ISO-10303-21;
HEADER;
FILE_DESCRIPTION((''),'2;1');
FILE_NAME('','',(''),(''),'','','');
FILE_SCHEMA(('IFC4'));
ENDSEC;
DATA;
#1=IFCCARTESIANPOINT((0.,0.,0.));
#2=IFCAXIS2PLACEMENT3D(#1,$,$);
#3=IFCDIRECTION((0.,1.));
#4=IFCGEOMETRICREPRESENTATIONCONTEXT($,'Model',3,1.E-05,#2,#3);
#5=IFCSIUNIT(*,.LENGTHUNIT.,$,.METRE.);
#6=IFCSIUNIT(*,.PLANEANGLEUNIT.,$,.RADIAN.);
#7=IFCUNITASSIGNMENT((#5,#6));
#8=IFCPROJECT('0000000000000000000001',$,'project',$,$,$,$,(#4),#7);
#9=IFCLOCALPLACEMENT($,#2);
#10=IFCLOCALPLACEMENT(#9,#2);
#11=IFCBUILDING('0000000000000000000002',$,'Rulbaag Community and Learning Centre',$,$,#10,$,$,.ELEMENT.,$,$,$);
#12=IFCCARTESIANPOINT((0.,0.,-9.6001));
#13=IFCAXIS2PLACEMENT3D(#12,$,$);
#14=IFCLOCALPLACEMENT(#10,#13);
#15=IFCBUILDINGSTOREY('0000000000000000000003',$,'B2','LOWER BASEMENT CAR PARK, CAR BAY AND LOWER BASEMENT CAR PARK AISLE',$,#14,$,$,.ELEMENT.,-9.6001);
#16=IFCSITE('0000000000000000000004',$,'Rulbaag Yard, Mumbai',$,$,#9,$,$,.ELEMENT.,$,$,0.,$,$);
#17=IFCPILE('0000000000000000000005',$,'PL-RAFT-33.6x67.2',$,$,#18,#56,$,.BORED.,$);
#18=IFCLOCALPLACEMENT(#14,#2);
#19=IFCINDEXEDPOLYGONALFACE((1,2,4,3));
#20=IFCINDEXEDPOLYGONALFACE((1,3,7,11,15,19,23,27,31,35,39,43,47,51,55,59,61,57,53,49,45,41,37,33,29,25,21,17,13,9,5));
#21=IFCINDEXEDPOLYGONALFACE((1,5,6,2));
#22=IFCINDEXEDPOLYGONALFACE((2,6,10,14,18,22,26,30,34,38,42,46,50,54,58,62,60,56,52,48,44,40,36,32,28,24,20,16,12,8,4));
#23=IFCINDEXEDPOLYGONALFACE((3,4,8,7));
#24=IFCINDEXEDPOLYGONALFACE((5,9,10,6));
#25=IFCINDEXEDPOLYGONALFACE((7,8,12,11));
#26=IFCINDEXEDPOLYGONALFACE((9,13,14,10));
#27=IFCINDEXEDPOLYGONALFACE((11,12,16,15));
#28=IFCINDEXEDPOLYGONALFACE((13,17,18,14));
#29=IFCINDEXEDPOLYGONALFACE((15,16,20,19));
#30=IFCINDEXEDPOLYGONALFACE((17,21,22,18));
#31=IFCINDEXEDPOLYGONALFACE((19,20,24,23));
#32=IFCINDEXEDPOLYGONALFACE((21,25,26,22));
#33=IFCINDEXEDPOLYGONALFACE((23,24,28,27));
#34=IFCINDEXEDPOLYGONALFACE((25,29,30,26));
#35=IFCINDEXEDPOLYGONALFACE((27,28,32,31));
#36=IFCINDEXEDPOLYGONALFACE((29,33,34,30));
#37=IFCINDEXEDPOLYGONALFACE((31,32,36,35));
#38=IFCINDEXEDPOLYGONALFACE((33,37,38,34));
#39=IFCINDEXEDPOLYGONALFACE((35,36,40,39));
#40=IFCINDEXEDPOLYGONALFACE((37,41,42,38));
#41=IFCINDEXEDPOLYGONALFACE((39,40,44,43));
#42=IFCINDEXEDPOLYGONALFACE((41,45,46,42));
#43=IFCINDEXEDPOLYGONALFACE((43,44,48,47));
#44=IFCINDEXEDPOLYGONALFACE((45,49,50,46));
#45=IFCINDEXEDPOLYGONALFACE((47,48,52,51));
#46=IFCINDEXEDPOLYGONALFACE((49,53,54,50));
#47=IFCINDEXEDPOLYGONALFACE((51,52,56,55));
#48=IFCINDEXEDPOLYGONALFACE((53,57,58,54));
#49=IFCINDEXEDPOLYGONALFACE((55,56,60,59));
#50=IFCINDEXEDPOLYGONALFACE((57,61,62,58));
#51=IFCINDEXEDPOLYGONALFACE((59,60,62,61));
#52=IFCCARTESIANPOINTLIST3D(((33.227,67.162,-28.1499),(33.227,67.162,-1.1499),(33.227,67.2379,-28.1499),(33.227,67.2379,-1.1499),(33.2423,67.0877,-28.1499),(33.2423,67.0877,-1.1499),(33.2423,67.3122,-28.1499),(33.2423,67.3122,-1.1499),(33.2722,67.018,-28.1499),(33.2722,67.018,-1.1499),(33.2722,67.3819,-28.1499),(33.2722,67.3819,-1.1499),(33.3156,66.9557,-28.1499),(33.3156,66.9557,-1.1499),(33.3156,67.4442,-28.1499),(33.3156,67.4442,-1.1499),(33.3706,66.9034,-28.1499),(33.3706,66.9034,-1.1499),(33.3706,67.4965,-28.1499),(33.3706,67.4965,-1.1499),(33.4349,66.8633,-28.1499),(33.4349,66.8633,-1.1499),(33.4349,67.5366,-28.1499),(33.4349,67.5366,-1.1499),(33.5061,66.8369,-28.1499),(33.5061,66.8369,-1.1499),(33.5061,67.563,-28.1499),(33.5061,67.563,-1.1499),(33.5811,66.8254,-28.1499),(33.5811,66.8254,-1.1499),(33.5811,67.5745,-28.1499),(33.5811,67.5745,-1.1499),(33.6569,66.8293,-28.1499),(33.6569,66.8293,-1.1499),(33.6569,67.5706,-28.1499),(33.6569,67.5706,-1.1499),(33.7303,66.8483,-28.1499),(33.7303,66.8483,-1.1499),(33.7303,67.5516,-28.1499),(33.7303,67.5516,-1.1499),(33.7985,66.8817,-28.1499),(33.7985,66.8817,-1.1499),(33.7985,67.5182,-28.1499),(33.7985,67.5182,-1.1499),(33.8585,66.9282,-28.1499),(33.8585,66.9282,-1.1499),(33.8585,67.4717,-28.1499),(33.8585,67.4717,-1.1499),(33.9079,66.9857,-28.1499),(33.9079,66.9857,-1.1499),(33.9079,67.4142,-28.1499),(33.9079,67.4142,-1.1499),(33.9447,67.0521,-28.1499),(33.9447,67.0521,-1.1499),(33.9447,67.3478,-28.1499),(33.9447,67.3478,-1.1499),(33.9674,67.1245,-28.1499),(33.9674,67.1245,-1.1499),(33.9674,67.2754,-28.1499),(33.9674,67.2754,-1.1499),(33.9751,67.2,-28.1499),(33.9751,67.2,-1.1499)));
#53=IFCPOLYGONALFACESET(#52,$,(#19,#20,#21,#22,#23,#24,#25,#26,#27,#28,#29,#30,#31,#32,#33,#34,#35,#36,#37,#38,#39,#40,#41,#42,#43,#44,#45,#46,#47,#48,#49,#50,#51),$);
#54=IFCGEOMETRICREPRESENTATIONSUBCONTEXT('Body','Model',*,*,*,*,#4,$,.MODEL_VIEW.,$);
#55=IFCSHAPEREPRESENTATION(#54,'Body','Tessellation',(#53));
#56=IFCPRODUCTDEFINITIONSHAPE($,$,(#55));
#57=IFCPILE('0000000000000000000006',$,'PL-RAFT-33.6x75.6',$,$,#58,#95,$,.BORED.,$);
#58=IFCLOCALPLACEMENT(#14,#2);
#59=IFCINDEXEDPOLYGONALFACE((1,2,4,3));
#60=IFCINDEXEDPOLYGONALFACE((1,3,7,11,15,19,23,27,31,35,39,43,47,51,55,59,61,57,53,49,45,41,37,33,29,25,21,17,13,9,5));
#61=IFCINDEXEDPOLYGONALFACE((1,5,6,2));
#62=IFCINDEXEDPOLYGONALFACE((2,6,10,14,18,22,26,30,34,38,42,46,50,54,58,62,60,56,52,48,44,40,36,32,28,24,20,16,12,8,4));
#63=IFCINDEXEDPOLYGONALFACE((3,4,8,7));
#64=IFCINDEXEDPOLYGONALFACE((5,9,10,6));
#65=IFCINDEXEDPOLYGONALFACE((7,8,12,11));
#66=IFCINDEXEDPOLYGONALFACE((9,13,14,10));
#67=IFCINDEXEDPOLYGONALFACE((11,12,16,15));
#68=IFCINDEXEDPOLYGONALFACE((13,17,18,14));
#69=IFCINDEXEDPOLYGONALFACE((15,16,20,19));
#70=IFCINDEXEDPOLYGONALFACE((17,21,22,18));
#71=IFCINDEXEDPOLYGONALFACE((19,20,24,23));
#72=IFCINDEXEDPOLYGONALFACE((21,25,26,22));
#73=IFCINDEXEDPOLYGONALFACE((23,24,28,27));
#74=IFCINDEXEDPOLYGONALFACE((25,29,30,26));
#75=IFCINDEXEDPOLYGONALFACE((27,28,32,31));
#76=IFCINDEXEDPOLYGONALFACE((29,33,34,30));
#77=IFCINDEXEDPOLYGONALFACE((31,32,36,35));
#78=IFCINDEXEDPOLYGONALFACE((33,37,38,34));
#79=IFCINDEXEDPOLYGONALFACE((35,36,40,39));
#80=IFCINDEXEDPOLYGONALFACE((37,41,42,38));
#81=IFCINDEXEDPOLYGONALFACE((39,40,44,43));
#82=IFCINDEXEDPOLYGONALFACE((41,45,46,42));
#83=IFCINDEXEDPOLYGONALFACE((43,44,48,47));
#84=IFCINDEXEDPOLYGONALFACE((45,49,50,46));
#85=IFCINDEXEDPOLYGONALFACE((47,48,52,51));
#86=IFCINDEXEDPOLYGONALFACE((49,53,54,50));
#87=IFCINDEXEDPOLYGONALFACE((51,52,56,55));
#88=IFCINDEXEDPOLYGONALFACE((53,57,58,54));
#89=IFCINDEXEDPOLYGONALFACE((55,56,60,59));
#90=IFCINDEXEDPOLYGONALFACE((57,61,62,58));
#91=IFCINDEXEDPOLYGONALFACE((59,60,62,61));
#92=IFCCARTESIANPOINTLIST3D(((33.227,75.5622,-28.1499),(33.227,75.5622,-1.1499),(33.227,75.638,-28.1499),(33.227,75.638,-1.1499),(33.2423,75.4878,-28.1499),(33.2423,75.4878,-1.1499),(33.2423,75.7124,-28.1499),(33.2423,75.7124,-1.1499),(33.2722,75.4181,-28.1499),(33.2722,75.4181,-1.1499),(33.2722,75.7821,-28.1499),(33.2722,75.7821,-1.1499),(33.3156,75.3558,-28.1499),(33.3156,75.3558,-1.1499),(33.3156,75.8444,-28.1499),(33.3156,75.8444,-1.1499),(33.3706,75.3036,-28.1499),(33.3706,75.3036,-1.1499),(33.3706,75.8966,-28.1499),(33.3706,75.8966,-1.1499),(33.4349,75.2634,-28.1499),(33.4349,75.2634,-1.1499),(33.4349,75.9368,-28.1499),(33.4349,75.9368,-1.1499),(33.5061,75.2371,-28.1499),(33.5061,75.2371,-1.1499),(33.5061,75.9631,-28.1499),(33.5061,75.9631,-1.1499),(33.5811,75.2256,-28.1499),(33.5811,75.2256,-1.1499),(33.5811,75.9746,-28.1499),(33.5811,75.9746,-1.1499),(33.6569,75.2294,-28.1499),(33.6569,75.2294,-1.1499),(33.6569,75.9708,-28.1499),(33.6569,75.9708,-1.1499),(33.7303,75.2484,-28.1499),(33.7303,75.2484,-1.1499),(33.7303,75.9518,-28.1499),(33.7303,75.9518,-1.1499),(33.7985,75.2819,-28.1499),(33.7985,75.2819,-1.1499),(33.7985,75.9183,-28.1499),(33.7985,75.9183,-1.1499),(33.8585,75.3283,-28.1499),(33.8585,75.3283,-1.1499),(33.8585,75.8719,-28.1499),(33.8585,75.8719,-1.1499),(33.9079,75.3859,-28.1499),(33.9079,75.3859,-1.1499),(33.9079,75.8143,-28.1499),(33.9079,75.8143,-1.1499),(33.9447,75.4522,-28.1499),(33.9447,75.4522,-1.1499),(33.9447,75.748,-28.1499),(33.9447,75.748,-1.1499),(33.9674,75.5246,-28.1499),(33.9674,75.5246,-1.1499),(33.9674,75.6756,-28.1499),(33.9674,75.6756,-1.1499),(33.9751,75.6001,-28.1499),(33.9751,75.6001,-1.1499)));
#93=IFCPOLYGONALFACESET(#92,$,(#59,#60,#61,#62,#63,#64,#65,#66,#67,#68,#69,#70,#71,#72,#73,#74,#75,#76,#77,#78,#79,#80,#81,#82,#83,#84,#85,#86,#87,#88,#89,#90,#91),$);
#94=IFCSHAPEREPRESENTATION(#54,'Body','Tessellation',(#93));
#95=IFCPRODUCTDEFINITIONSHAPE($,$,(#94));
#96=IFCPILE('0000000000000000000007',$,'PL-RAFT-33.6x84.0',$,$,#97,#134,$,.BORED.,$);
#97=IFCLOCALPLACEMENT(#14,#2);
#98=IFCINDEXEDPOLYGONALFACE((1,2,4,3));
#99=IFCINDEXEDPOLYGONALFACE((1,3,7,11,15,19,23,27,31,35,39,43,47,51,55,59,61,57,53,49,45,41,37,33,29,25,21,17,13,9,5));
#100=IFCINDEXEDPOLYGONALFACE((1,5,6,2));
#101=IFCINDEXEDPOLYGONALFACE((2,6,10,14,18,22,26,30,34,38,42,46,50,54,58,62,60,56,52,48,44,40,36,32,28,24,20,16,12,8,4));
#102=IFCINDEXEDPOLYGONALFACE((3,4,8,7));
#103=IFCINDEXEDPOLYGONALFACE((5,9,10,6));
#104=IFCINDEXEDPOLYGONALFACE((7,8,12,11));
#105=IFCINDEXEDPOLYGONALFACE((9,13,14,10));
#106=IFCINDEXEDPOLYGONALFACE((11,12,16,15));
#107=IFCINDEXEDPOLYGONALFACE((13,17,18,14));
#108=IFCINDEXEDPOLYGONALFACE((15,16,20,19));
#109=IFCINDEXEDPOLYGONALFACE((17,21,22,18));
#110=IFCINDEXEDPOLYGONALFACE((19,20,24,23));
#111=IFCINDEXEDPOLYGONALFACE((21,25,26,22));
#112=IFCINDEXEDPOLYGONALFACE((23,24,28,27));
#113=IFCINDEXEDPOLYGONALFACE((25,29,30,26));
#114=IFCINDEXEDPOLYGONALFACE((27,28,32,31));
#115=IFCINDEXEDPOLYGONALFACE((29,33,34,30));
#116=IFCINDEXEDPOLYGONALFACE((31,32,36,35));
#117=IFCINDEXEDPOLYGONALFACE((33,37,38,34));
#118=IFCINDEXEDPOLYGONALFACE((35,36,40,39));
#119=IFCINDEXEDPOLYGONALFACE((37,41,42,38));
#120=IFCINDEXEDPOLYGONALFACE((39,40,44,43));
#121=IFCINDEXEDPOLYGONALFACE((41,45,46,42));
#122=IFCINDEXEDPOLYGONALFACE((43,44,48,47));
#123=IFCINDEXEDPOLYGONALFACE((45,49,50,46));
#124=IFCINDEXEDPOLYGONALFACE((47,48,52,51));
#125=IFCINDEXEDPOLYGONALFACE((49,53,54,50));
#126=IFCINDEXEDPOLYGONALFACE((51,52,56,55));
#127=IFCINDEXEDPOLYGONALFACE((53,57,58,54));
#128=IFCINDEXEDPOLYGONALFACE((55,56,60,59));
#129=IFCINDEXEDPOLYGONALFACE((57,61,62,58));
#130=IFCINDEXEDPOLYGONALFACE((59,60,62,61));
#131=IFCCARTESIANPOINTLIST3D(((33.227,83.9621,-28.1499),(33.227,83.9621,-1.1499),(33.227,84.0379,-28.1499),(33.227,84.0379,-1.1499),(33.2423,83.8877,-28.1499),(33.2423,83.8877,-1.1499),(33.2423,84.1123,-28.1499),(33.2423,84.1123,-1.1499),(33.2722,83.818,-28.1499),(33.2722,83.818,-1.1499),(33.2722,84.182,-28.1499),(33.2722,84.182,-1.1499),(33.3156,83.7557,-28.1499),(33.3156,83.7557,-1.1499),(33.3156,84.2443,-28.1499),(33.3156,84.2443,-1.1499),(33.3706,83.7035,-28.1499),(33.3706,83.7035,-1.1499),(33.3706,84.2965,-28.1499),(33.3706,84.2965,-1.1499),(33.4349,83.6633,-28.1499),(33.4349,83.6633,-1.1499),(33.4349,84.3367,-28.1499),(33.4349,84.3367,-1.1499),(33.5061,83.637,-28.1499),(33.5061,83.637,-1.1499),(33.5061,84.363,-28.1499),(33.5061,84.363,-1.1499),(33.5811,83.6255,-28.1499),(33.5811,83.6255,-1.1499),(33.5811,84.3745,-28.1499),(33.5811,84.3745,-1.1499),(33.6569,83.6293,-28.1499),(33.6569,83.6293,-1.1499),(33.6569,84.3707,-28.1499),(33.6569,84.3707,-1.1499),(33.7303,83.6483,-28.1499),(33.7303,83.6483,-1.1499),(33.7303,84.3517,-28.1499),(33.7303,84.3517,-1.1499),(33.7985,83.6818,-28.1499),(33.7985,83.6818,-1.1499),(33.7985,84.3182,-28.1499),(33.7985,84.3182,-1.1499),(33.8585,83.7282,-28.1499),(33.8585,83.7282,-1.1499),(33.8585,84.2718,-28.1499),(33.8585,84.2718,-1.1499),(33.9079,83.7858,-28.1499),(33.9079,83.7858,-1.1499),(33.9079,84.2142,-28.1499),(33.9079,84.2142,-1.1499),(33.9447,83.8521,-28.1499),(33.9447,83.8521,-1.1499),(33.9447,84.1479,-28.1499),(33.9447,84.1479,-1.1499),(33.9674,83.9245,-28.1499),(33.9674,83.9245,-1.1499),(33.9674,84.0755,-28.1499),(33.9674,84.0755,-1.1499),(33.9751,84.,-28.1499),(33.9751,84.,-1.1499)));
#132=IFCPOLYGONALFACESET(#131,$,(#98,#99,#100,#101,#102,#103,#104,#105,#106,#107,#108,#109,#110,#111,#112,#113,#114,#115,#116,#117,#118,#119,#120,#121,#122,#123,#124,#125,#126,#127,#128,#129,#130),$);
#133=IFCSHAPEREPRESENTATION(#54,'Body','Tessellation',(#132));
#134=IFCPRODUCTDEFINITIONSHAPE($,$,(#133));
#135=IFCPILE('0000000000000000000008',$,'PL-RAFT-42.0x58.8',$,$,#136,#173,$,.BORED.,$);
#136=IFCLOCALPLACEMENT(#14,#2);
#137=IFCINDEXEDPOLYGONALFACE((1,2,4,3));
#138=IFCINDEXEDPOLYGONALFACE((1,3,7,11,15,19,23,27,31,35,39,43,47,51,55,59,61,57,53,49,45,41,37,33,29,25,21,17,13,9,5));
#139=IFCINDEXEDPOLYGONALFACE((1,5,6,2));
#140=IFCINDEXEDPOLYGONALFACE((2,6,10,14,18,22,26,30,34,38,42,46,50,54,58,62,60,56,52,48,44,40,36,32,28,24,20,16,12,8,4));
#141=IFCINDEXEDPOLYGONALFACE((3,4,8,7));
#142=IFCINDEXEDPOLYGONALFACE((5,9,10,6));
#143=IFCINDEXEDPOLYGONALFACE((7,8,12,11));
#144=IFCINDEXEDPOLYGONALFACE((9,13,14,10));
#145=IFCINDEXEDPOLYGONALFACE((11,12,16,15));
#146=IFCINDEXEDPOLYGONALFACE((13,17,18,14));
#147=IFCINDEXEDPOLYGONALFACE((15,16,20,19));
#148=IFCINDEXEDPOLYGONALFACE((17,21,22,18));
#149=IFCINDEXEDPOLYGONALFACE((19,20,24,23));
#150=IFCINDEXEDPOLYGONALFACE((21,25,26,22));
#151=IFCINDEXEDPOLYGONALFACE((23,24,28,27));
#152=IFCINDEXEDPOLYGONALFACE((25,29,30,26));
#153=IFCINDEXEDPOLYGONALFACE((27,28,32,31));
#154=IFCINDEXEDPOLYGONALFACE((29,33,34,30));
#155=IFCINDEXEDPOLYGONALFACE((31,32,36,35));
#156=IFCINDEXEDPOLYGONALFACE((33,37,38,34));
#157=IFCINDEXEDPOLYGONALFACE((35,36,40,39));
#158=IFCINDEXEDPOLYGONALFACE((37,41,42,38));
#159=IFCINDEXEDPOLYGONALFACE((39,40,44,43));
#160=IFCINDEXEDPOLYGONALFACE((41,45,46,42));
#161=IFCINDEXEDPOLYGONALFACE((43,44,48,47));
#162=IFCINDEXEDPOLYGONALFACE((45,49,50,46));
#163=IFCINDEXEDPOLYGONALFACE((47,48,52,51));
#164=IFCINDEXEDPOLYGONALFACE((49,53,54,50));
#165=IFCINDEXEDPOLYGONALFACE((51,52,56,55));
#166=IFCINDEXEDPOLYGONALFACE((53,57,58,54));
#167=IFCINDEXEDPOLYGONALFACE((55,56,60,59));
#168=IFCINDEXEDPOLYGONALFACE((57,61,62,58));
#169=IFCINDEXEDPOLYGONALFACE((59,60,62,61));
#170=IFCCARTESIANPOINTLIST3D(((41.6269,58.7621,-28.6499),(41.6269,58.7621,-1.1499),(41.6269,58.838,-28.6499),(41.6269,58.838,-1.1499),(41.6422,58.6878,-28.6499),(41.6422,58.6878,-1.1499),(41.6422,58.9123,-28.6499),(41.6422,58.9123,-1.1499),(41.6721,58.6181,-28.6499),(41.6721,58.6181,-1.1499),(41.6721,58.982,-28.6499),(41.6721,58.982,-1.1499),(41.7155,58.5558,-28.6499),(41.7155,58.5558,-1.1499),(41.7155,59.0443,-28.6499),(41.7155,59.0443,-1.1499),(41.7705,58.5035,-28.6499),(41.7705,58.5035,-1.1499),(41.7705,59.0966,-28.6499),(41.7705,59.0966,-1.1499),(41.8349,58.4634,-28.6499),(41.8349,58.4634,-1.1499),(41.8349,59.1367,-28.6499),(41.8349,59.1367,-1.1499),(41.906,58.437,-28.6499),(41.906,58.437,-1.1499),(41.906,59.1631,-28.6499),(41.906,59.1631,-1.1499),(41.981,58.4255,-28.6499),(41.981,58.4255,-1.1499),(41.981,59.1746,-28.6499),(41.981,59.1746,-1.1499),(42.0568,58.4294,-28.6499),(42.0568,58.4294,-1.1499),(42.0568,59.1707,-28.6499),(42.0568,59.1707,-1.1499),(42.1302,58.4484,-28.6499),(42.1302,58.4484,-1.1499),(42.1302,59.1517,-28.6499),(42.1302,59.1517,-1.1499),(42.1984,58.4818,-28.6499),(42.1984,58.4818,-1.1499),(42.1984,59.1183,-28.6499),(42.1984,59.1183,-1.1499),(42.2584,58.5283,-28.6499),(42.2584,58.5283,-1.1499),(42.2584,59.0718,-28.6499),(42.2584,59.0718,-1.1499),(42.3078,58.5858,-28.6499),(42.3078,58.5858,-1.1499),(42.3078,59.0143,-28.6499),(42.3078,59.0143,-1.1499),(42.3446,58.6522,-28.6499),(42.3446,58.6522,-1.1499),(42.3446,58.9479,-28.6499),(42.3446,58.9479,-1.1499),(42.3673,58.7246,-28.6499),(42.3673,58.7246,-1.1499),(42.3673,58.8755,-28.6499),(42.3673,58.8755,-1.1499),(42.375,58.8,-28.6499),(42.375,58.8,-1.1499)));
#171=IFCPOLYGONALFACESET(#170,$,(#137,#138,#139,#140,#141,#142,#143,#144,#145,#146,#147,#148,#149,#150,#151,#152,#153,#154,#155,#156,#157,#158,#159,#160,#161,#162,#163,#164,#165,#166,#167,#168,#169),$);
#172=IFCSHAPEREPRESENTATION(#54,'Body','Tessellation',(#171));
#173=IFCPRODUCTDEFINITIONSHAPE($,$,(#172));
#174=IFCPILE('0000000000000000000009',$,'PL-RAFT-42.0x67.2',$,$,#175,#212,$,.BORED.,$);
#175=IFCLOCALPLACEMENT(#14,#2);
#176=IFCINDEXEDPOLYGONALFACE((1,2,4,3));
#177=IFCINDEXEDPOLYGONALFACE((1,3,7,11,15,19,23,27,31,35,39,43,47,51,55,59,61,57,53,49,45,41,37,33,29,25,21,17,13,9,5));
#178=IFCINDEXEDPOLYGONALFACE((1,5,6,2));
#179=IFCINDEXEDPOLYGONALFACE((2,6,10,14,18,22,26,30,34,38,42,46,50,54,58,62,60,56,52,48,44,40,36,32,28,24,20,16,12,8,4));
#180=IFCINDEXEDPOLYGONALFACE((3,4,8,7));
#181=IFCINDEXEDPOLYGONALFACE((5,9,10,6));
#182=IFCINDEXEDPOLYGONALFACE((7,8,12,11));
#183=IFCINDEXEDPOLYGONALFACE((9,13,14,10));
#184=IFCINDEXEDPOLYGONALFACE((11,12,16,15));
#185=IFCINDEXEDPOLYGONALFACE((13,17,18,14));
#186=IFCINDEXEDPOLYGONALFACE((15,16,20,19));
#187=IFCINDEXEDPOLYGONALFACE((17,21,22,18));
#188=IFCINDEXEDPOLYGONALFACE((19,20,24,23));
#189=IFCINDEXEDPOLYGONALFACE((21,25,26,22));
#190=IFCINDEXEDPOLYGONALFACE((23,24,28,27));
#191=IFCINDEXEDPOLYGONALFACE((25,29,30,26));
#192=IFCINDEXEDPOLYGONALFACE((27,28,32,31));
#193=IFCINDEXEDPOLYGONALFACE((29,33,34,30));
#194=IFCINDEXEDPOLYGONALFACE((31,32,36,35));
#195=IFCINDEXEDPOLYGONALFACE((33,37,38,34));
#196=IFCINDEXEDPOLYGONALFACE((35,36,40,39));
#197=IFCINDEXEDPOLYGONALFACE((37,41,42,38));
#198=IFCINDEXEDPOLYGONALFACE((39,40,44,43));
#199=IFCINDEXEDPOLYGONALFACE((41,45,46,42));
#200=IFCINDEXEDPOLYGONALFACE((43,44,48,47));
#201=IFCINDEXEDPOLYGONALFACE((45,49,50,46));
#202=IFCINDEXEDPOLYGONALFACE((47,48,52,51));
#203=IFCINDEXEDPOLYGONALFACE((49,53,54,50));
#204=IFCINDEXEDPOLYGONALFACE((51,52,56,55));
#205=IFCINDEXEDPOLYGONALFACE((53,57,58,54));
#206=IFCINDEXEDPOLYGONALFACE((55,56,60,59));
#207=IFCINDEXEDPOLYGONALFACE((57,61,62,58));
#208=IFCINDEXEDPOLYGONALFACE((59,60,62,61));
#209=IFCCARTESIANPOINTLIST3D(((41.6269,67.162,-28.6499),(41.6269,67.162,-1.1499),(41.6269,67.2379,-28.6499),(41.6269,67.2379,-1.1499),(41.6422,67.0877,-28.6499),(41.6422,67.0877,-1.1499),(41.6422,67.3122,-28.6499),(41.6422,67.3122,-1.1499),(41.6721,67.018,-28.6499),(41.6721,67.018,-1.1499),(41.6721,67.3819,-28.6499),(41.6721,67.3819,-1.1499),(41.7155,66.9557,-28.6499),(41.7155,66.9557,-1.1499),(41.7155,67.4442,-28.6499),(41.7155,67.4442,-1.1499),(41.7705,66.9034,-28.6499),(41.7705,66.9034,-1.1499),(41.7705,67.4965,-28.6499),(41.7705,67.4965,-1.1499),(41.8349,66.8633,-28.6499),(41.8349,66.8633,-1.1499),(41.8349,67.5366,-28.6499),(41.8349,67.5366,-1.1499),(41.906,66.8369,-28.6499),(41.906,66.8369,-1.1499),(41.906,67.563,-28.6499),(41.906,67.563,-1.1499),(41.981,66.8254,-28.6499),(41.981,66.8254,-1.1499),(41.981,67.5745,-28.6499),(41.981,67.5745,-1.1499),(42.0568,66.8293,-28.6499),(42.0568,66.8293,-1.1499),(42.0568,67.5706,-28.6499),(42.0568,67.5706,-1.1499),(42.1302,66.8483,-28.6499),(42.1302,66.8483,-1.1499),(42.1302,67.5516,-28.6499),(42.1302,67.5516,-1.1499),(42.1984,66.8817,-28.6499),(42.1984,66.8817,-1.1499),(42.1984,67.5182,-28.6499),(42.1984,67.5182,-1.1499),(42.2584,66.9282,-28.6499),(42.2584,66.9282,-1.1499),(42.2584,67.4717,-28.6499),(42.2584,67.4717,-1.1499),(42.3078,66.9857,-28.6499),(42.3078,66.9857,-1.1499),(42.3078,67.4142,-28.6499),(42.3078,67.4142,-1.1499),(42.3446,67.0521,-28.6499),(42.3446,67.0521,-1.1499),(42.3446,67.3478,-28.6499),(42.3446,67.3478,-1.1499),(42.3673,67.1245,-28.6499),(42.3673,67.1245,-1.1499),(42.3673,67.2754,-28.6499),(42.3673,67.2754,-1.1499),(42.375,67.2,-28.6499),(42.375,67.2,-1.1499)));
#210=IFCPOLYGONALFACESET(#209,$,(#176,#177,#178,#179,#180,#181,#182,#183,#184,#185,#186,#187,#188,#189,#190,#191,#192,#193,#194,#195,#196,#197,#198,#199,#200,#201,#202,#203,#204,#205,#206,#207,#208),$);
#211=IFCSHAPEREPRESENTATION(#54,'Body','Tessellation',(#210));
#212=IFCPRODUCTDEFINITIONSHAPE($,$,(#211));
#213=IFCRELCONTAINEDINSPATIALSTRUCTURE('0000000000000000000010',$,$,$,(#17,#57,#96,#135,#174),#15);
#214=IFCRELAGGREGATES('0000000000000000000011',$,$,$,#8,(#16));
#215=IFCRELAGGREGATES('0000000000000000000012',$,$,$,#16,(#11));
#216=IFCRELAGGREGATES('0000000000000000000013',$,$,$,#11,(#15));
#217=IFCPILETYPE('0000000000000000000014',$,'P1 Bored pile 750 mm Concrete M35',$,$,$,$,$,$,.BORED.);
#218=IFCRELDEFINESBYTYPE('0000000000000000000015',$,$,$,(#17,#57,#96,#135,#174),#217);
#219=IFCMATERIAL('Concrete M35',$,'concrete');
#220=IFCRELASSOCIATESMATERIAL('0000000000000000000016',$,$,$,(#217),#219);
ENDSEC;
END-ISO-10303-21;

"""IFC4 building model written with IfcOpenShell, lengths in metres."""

from ifc_helpers import new_model, si_unit, direction, frame, origin, origin_2d, place, context, subcontext, project, spatial, circle, extrude, material, material_profile, profile_set, type_object, element, save


model = new_model("IFC4")

# Units and contexts
model_context = context("Model", 3, precision=1e-05, world=origin(), true_north=direction((0.0, 1.0)))
body_context = subcontext(model_context, "Body", "Model", "MODEL_VIEW")
ifc_project = project(units=[si_unit("LENGTHUNIT", "METRE"), si_unit("PLANEANGLEUNIT", "RADIAN")], contexts=[model_context])

# Site, building, storey
site_placement = place(None, origin())
site = spatial("IfcSite", under=ifc_project, at=site_placement, Name="Rulbaag Yard, Mumbai", CompositionType="ELEMENT", RefElevation=0.0)
building_placement = place(site_placement, origin())
building = spatial("IfcBuilding", under=site, at=building_placement, Name="Rulbaag Community and Learning Centre", CompositionType="ELEMENT")
storey_placement = place(building_placement, frame((0.0, 0.0, -9.6001)))
storey = spatial("IfcBuildingStorey", under=building, at=storey_placement, Name="B2", Description="LOWER BASEMENT CAR PARK, CAR BAY AND LOWER BASEMENT CAR PARK AISLE", CompositionType="ELEMENT", Elevation=-9.6001)

# Piles
ifc_material_1 = material(Name="Concrete M35", Category="concrete")
ifc_material_profile_1 = material_profile(ifc_material_1, circle(Radius=0.375, at=origin_2d()), Name="BP750")
ifc_profile_set_1 = profile_set([ifc_material_profile_1], Name="Concrete M35")
pile_type_1 = type_object("IfcPileType", Name="P1 Bored pile 750 mm Concrete M35", PredefinedType="BORED", material=ifc_profile_set_1)
for number, where, z_axis, x_axis, name in (
    (1, (33.6001, 67.2, -1.1499), (0.0, 0.0, -1.0), (1.0, 0.0, 0.0), "PL-RAFT-33.6x67.2"),
    (2, (33.6001, 75.6001, -1.1499), (0.0, 0.0, -1.0), (1.0, 0.0, 0.0), "PL-RAFT-33.6x75.6"),
    (3, (33.6001, 84.0, -1.1499), (0.0, 0.0, -1.0), (1.0, 0.0, 0.0), "PL-RAFT-33.6x84.0"),
):
    element("IfcPile", number, at=place(storey_placement, frame(where, z_axis=z_axis, x_axis=x_axis)), inside=storey, type_object=pile_type_1, Name=name, PredefinedType="BORED", context=body_context, shape_type="SweptSolid", body=[
        extrude(circle(Radius=0.375, at=origin_2d()), origin(), (0.0, 0.0, 1.0), 27.0),
    ])
for number, where, z_axis, x_axis, name in (
    (4, (42.0, 58.8, -1.1499), (0.0, 0.0, -1.0), (1.0, 0.0, 0.0), "PL-RAFT-42.0x58.8"),
    (5, (42.0, 67.2, -1.1499), (0.0, 0.0, -1.0), (1.0, 0.0, 0.0), "PL-RAFT-42.0x67.2"),
):
    element("IfcPile", number, at=place(storey_placement, frame(where, z_axis=z_axis, x_axis=x_axis)), inside=storey, type_object=pile_type_1, Name=name, PredefinedType="BORED", context=body_context, shape_type="SweptSolid", body=[
        extrude(circle(Radius=0.375, at=origin_2d()), origin(), (0.0, 0.0, 1.0), 27.5),
    ])

save(model, "model.ifc")
